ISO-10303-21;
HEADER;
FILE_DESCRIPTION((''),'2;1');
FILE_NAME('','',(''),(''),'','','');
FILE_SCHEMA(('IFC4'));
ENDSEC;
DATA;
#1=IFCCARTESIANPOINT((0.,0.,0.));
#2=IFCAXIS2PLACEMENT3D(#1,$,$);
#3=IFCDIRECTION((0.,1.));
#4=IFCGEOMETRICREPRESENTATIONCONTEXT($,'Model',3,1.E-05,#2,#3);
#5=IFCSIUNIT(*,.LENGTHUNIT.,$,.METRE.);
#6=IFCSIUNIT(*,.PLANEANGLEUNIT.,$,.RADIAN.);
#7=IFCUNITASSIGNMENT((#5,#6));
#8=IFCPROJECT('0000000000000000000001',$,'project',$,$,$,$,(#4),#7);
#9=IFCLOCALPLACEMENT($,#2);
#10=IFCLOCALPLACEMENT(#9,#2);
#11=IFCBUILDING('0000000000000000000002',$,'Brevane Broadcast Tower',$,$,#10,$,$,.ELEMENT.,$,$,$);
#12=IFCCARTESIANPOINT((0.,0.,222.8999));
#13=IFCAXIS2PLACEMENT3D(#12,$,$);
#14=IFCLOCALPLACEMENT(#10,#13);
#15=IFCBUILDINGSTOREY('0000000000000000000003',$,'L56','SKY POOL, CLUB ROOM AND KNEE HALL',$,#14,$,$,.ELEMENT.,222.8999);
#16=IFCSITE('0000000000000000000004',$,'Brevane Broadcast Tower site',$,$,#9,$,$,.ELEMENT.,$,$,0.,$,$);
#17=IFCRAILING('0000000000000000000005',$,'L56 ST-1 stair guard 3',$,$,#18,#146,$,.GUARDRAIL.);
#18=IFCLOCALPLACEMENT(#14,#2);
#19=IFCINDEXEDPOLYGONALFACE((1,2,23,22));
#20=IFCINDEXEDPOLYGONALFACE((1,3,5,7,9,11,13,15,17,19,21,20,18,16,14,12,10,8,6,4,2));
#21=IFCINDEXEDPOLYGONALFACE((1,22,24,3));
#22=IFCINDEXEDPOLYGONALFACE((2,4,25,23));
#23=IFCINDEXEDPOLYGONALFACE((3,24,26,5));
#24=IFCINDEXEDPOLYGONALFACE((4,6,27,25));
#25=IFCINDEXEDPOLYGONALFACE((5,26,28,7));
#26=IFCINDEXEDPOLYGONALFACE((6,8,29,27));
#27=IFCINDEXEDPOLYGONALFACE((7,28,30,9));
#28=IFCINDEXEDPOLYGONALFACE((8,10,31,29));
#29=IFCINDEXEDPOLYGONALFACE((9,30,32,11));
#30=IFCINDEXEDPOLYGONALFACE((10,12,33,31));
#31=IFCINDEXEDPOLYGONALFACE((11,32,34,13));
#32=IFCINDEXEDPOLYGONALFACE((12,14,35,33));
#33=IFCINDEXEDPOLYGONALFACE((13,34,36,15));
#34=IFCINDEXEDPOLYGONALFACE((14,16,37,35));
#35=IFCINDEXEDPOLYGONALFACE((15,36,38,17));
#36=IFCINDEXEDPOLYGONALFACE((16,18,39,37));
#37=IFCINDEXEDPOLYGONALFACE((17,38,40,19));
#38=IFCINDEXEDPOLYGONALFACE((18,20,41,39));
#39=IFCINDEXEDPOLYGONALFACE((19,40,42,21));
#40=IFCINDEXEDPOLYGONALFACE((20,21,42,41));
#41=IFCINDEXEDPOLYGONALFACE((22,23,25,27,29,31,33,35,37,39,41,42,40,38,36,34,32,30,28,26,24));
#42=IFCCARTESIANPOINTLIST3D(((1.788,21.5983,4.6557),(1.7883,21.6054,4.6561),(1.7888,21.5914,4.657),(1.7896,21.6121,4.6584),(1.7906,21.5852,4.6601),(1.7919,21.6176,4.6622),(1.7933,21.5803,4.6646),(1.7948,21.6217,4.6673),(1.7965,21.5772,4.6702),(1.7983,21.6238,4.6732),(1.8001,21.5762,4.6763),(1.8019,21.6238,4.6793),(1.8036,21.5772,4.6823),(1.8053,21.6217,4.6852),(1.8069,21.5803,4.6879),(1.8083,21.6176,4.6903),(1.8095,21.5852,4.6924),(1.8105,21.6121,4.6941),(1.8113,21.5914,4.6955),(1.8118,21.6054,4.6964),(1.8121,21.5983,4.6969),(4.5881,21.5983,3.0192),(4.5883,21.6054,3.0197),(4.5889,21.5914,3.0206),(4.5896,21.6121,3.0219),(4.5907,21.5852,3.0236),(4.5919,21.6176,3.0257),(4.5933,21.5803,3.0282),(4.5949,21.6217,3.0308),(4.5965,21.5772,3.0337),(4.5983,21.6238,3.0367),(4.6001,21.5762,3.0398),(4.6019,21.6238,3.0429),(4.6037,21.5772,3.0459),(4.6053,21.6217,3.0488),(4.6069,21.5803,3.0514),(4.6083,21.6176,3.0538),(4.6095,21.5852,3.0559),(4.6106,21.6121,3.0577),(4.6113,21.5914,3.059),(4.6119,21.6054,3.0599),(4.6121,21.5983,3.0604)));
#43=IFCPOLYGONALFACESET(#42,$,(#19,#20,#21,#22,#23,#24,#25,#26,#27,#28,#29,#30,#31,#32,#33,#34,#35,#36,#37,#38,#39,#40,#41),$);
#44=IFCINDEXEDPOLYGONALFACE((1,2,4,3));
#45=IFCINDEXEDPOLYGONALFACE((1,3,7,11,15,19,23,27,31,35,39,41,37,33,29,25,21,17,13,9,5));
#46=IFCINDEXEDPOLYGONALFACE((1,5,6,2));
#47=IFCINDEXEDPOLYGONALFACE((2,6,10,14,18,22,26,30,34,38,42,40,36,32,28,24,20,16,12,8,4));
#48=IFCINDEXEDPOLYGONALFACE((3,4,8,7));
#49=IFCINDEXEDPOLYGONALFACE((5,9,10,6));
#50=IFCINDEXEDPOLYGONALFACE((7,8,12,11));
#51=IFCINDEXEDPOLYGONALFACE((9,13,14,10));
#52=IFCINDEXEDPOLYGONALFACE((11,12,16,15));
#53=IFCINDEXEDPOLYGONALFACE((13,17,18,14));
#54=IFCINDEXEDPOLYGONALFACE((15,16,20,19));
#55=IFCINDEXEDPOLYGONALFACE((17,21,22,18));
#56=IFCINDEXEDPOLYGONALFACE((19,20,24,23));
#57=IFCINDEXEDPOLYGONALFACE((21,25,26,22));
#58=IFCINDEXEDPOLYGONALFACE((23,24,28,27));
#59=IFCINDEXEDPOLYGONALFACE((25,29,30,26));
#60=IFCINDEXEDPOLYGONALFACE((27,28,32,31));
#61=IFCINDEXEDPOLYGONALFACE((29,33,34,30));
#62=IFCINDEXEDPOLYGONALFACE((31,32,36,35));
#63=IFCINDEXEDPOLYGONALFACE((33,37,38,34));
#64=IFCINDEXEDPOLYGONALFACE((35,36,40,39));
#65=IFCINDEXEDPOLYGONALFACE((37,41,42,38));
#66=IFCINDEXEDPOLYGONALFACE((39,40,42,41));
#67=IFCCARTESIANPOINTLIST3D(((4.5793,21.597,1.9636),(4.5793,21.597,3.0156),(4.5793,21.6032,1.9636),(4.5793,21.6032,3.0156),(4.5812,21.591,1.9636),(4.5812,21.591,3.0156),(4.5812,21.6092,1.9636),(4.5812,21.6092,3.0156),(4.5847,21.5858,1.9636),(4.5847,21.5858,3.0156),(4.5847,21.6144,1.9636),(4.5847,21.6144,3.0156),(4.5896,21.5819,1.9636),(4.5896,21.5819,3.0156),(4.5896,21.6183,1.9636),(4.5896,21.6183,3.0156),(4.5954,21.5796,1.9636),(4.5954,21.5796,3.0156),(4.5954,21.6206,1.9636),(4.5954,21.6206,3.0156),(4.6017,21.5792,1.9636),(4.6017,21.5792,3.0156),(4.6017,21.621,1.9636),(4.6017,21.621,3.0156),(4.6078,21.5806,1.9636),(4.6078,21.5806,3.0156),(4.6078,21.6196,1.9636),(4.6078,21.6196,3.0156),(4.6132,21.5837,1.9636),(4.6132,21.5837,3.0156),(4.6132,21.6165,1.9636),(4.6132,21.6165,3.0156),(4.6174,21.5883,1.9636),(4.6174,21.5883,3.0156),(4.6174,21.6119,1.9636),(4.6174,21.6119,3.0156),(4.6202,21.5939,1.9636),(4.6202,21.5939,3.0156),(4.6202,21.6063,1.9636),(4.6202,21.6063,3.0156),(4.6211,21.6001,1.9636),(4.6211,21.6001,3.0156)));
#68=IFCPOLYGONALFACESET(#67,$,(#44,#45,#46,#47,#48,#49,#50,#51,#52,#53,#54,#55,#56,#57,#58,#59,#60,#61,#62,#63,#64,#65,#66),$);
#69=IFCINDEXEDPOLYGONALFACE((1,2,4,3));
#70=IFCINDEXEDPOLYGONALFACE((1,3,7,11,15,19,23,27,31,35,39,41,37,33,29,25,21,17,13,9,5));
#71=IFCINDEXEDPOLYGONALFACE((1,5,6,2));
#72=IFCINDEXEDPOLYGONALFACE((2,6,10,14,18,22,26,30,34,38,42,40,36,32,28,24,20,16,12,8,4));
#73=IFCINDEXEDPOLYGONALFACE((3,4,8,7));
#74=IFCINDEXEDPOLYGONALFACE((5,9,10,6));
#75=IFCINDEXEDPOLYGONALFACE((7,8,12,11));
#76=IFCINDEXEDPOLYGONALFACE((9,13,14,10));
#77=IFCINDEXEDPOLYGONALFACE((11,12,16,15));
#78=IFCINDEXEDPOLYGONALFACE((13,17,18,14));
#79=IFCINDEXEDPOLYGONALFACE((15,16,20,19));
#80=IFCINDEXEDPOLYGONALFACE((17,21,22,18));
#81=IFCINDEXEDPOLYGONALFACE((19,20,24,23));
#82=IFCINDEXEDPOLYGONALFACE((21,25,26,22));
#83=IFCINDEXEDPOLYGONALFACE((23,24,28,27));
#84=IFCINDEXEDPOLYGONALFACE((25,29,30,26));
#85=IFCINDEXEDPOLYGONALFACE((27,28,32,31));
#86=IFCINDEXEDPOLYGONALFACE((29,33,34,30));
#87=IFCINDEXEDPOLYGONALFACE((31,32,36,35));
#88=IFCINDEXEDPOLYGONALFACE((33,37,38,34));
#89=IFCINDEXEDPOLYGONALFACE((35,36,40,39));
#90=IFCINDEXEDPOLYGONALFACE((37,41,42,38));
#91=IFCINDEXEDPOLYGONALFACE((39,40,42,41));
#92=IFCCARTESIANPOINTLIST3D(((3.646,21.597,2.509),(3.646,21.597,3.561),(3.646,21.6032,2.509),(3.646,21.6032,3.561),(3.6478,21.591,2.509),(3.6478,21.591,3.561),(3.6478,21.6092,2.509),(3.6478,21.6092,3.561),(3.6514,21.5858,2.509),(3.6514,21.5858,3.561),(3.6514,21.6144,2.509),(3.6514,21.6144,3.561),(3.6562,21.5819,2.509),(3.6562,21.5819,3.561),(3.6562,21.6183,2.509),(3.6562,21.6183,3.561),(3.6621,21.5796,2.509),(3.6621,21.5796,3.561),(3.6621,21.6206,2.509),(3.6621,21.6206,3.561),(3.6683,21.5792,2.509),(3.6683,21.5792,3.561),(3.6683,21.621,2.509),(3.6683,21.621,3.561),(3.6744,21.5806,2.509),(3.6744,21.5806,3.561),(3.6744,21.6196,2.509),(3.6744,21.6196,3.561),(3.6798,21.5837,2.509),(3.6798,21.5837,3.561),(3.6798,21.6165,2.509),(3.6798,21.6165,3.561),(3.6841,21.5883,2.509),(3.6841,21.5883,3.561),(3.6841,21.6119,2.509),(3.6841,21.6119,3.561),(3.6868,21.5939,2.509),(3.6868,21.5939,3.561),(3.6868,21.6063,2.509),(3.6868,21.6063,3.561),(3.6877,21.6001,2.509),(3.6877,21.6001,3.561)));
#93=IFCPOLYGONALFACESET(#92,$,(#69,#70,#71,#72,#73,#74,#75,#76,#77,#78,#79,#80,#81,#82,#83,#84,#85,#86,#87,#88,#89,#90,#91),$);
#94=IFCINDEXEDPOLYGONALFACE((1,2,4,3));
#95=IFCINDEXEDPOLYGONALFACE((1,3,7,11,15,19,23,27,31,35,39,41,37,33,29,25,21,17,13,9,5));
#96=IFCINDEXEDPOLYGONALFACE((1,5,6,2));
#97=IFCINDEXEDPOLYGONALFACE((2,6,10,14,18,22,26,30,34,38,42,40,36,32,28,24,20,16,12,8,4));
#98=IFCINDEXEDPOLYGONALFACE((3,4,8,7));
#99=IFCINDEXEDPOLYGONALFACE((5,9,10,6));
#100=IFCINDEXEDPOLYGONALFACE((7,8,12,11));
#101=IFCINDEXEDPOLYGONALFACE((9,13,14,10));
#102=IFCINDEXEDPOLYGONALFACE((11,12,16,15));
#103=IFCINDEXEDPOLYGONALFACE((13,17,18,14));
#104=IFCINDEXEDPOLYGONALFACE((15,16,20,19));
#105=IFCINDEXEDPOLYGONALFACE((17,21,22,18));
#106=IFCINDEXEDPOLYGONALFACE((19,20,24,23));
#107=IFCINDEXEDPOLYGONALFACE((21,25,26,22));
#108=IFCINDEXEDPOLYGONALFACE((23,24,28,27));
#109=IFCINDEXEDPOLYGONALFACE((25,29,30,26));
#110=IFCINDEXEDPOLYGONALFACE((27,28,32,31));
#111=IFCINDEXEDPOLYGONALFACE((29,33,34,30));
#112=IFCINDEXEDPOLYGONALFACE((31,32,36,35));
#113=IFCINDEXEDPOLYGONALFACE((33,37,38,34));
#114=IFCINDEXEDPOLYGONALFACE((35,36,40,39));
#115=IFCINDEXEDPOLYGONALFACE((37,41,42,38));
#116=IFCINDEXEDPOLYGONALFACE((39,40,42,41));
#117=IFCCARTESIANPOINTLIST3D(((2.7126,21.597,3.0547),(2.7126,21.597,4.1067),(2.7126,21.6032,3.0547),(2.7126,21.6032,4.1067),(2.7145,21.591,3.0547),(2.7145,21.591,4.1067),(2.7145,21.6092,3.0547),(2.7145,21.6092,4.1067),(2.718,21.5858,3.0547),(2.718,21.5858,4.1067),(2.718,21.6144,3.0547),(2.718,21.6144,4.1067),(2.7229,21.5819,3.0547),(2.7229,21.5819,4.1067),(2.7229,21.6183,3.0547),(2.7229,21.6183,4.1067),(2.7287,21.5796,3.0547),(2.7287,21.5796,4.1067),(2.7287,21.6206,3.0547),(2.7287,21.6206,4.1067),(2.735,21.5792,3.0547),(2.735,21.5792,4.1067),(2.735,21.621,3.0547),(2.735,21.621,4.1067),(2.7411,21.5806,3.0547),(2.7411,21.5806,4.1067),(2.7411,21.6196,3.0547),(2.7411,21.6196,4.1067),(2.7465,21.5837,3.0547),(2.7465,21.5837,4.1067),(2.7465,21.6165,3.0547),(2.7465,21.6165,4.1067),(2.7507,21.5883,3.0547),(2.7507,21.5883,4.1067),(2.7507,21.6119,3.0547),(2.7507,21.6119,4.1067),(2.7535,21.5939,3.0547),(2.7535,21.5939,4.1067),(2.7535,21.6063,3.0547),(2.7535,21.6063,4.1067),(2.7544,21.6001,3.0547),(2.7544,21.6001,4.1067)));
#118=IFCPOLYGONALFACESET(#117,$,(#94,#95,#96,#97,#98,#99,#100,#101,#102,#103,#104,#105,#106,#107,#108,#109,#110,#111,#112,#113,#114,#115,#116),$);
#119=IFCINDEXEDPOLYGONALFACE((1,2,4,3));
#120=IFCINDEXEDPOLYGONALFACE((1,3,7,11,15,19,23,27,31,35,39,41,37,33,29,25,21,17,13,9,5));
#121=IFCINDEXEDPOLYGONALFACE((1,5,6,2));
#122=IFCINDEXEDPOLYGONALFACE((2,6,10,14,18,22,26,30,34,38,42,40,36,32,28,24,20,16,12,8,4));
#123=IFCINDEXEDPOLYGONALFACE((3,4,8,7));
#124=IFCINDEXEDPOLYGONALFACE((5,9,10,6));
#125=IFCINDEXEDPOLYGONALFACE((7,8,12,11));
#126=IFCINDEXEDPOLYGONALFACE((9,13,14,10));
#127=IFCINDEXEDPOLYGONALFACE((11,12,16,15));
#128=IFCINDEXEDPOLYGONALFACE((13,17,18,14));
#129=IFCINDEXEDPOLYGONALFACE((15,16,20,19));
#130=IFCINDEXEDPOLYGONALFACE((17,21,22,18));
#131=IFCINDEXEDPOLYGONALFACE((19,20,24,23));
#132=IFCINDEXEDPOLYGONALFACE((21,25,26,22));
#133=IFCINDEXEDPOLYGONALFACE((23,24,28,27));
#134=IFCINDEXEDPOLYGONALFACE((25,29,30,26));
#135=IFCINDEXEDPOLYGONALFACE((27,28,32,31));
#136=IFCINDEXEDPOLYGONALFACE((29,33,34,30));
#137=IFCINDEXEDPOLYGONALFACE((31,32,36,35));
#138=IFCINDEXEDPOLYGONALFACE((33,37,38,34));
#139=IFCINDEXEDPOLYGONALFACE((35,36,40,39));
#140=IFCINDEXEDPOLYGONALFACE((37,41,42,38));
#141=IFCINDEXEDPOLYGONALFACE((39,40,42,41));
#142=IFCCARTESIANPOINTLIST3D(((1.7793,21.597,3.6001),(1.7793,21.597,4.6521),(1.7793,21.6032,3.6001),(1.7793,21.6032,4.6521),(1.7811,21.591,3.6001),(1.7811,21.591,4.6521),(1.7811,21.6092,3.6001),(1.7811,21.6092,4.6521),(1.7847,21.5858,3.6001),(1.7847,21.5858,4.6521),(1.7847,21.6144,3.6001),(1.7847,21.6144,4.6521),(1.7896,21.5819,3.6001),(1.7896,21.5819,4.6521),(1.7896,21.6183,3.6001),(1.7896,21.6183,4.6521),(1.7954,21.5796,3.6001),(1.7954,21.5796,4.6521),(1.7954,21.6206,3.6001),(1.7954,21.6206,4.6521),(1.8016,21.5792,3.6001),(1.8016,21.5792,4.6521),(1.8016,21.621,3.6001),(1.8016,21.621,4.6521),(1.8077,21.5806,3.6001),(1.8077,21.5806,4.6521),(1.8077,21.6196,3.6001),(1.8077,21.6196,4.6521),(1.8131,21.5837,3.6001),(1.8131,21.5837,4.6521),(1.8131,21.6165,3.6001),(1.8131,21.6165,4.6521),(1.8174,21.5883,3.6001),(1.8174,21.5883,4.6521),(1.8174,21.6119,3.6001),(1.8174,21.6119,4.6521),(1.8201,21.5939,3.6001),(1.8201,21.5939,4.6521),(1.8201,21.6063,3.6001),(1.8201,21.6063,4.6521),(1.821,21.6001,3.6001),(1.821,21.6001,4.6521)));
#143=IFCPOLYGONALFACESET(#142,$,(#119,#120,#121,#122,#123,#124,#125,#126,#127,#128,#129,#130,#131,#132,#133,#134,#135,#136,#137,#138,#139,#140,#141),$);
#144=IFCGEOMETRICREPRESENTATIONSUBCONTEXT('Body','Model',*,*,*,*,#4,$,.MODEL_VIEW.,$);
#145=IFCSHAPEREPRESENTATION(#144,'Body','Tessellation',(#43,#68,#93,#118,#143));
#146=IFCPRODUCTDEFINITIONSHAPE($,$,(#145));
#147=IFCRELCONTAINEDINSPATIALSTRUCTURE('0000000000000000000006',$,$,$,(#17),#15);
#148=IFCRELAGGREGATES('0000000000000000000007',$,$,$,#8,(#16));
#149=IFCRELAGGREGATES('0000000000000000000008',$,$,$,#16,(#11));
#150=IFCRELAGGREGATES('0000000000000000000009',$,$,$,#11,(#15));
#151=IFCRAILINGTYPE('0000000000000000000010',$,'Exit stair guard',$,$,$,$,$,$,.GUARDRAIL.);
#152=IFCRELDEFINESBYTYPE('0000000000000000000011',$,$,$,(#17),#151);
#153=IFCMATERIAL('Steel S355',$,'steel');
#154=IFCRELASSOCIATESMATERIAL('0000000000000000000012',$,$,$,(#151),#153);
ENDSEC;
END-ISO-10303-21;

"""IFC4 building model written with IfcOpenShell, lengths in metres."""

from ifc_helpers import new_model, si_unit, direction, frame, origin, origin_2d, place, context, subcontext, project, spatial, circle, extrude, material, type_object, element, save


model = new_model("IFC4")

# Units and contexts
model_context = context("Model", 3, precision=1e-05, world=origin(), true_north=direction((0.0, 1.0)))
body_context = subcontext(model_context, "Body", "Model", "MODEL_VIEW")
ifc_project = project(units=[si_unit("LENGTHUNIT", "METRE"), si_unit("PLANEANGLEUNIT", "RADIAN")], contexts=[model_context])

# Site, building, storey
site_placement = place(None, origin())
site = spatial("IfcSite", under=ifc_project, at=site_placement, Name="Brevane Broadcast Tower site", CompositionType="ELEMENT", RefElevation=0.0)
building_placement = place(site_placement, origin())
building = spatial("IfcBuilding", under=site, at=building_placement, Name="Brevane Broadcast Tower", CompositionType="ELEMENT")
storey_placement = place(building_placement, frame((0.0, 0.0, 222.8999)))
storey = spatial("IfcBuildingStorey", under=building, at=storey_placement, Name="L56", Description="SKY POOL, CLUB ROOM AND KNEE HALL", CompositionType="ELEMENT", Elevation=222.8999)

# Railing
ifc_material_1 = material(Name="Steel S355", Category="steel")
railing_type_1 = type_object("IfcRailingType", Name="Exit stair guard", PredefinedType="GUARDRAIL", material=ifc_material_1)
railing_1_placement = place(storey_placement, frame((4.6001, 21.6001, 1.9636)))
element("IfcRailing", 1, at=railing_1_placement, inside=storey, type_object=railing_type_1, Name="L56 ST-1 stair guard 3", PredefinedType="GUARDRAIL", context=body_context, shape_type="SweptSolid", body=[
    extrude(circle(Radius=0.0239, at=origin_2d()), frame((0.0, 0.0, 1.0762), z_axis=(-0.863361, 0.0, 0.504587), x_axis=(0.0, -1.0, 0.0)), (0.0, 0.0, 1.0), 3.2432),
    extrude(circle(Radius=0.021, at=origin_2d()), origin(), (0.0, 0.0, 1.0), 1.052),
    extrude(circle(Radius=0.021, at=origin_2d()), frame((-0.9333, 0.0, 0.5454)), (0.0, 0.0, 1.0), 1.052),
    extrude(circle(Radius=0.021, at=origin_2d()), frame((-1.8667, 0.0, 1.0911)), (0.0, 0.0, 1.0), 1.052),
    extrude(circle(Radius=0.021, at=origin_2d()), frame((-2.8, 0.0, 1.6365)), (0.0, 0.0, 1.0), 1.052),
])

save(model, "model.ifc")
